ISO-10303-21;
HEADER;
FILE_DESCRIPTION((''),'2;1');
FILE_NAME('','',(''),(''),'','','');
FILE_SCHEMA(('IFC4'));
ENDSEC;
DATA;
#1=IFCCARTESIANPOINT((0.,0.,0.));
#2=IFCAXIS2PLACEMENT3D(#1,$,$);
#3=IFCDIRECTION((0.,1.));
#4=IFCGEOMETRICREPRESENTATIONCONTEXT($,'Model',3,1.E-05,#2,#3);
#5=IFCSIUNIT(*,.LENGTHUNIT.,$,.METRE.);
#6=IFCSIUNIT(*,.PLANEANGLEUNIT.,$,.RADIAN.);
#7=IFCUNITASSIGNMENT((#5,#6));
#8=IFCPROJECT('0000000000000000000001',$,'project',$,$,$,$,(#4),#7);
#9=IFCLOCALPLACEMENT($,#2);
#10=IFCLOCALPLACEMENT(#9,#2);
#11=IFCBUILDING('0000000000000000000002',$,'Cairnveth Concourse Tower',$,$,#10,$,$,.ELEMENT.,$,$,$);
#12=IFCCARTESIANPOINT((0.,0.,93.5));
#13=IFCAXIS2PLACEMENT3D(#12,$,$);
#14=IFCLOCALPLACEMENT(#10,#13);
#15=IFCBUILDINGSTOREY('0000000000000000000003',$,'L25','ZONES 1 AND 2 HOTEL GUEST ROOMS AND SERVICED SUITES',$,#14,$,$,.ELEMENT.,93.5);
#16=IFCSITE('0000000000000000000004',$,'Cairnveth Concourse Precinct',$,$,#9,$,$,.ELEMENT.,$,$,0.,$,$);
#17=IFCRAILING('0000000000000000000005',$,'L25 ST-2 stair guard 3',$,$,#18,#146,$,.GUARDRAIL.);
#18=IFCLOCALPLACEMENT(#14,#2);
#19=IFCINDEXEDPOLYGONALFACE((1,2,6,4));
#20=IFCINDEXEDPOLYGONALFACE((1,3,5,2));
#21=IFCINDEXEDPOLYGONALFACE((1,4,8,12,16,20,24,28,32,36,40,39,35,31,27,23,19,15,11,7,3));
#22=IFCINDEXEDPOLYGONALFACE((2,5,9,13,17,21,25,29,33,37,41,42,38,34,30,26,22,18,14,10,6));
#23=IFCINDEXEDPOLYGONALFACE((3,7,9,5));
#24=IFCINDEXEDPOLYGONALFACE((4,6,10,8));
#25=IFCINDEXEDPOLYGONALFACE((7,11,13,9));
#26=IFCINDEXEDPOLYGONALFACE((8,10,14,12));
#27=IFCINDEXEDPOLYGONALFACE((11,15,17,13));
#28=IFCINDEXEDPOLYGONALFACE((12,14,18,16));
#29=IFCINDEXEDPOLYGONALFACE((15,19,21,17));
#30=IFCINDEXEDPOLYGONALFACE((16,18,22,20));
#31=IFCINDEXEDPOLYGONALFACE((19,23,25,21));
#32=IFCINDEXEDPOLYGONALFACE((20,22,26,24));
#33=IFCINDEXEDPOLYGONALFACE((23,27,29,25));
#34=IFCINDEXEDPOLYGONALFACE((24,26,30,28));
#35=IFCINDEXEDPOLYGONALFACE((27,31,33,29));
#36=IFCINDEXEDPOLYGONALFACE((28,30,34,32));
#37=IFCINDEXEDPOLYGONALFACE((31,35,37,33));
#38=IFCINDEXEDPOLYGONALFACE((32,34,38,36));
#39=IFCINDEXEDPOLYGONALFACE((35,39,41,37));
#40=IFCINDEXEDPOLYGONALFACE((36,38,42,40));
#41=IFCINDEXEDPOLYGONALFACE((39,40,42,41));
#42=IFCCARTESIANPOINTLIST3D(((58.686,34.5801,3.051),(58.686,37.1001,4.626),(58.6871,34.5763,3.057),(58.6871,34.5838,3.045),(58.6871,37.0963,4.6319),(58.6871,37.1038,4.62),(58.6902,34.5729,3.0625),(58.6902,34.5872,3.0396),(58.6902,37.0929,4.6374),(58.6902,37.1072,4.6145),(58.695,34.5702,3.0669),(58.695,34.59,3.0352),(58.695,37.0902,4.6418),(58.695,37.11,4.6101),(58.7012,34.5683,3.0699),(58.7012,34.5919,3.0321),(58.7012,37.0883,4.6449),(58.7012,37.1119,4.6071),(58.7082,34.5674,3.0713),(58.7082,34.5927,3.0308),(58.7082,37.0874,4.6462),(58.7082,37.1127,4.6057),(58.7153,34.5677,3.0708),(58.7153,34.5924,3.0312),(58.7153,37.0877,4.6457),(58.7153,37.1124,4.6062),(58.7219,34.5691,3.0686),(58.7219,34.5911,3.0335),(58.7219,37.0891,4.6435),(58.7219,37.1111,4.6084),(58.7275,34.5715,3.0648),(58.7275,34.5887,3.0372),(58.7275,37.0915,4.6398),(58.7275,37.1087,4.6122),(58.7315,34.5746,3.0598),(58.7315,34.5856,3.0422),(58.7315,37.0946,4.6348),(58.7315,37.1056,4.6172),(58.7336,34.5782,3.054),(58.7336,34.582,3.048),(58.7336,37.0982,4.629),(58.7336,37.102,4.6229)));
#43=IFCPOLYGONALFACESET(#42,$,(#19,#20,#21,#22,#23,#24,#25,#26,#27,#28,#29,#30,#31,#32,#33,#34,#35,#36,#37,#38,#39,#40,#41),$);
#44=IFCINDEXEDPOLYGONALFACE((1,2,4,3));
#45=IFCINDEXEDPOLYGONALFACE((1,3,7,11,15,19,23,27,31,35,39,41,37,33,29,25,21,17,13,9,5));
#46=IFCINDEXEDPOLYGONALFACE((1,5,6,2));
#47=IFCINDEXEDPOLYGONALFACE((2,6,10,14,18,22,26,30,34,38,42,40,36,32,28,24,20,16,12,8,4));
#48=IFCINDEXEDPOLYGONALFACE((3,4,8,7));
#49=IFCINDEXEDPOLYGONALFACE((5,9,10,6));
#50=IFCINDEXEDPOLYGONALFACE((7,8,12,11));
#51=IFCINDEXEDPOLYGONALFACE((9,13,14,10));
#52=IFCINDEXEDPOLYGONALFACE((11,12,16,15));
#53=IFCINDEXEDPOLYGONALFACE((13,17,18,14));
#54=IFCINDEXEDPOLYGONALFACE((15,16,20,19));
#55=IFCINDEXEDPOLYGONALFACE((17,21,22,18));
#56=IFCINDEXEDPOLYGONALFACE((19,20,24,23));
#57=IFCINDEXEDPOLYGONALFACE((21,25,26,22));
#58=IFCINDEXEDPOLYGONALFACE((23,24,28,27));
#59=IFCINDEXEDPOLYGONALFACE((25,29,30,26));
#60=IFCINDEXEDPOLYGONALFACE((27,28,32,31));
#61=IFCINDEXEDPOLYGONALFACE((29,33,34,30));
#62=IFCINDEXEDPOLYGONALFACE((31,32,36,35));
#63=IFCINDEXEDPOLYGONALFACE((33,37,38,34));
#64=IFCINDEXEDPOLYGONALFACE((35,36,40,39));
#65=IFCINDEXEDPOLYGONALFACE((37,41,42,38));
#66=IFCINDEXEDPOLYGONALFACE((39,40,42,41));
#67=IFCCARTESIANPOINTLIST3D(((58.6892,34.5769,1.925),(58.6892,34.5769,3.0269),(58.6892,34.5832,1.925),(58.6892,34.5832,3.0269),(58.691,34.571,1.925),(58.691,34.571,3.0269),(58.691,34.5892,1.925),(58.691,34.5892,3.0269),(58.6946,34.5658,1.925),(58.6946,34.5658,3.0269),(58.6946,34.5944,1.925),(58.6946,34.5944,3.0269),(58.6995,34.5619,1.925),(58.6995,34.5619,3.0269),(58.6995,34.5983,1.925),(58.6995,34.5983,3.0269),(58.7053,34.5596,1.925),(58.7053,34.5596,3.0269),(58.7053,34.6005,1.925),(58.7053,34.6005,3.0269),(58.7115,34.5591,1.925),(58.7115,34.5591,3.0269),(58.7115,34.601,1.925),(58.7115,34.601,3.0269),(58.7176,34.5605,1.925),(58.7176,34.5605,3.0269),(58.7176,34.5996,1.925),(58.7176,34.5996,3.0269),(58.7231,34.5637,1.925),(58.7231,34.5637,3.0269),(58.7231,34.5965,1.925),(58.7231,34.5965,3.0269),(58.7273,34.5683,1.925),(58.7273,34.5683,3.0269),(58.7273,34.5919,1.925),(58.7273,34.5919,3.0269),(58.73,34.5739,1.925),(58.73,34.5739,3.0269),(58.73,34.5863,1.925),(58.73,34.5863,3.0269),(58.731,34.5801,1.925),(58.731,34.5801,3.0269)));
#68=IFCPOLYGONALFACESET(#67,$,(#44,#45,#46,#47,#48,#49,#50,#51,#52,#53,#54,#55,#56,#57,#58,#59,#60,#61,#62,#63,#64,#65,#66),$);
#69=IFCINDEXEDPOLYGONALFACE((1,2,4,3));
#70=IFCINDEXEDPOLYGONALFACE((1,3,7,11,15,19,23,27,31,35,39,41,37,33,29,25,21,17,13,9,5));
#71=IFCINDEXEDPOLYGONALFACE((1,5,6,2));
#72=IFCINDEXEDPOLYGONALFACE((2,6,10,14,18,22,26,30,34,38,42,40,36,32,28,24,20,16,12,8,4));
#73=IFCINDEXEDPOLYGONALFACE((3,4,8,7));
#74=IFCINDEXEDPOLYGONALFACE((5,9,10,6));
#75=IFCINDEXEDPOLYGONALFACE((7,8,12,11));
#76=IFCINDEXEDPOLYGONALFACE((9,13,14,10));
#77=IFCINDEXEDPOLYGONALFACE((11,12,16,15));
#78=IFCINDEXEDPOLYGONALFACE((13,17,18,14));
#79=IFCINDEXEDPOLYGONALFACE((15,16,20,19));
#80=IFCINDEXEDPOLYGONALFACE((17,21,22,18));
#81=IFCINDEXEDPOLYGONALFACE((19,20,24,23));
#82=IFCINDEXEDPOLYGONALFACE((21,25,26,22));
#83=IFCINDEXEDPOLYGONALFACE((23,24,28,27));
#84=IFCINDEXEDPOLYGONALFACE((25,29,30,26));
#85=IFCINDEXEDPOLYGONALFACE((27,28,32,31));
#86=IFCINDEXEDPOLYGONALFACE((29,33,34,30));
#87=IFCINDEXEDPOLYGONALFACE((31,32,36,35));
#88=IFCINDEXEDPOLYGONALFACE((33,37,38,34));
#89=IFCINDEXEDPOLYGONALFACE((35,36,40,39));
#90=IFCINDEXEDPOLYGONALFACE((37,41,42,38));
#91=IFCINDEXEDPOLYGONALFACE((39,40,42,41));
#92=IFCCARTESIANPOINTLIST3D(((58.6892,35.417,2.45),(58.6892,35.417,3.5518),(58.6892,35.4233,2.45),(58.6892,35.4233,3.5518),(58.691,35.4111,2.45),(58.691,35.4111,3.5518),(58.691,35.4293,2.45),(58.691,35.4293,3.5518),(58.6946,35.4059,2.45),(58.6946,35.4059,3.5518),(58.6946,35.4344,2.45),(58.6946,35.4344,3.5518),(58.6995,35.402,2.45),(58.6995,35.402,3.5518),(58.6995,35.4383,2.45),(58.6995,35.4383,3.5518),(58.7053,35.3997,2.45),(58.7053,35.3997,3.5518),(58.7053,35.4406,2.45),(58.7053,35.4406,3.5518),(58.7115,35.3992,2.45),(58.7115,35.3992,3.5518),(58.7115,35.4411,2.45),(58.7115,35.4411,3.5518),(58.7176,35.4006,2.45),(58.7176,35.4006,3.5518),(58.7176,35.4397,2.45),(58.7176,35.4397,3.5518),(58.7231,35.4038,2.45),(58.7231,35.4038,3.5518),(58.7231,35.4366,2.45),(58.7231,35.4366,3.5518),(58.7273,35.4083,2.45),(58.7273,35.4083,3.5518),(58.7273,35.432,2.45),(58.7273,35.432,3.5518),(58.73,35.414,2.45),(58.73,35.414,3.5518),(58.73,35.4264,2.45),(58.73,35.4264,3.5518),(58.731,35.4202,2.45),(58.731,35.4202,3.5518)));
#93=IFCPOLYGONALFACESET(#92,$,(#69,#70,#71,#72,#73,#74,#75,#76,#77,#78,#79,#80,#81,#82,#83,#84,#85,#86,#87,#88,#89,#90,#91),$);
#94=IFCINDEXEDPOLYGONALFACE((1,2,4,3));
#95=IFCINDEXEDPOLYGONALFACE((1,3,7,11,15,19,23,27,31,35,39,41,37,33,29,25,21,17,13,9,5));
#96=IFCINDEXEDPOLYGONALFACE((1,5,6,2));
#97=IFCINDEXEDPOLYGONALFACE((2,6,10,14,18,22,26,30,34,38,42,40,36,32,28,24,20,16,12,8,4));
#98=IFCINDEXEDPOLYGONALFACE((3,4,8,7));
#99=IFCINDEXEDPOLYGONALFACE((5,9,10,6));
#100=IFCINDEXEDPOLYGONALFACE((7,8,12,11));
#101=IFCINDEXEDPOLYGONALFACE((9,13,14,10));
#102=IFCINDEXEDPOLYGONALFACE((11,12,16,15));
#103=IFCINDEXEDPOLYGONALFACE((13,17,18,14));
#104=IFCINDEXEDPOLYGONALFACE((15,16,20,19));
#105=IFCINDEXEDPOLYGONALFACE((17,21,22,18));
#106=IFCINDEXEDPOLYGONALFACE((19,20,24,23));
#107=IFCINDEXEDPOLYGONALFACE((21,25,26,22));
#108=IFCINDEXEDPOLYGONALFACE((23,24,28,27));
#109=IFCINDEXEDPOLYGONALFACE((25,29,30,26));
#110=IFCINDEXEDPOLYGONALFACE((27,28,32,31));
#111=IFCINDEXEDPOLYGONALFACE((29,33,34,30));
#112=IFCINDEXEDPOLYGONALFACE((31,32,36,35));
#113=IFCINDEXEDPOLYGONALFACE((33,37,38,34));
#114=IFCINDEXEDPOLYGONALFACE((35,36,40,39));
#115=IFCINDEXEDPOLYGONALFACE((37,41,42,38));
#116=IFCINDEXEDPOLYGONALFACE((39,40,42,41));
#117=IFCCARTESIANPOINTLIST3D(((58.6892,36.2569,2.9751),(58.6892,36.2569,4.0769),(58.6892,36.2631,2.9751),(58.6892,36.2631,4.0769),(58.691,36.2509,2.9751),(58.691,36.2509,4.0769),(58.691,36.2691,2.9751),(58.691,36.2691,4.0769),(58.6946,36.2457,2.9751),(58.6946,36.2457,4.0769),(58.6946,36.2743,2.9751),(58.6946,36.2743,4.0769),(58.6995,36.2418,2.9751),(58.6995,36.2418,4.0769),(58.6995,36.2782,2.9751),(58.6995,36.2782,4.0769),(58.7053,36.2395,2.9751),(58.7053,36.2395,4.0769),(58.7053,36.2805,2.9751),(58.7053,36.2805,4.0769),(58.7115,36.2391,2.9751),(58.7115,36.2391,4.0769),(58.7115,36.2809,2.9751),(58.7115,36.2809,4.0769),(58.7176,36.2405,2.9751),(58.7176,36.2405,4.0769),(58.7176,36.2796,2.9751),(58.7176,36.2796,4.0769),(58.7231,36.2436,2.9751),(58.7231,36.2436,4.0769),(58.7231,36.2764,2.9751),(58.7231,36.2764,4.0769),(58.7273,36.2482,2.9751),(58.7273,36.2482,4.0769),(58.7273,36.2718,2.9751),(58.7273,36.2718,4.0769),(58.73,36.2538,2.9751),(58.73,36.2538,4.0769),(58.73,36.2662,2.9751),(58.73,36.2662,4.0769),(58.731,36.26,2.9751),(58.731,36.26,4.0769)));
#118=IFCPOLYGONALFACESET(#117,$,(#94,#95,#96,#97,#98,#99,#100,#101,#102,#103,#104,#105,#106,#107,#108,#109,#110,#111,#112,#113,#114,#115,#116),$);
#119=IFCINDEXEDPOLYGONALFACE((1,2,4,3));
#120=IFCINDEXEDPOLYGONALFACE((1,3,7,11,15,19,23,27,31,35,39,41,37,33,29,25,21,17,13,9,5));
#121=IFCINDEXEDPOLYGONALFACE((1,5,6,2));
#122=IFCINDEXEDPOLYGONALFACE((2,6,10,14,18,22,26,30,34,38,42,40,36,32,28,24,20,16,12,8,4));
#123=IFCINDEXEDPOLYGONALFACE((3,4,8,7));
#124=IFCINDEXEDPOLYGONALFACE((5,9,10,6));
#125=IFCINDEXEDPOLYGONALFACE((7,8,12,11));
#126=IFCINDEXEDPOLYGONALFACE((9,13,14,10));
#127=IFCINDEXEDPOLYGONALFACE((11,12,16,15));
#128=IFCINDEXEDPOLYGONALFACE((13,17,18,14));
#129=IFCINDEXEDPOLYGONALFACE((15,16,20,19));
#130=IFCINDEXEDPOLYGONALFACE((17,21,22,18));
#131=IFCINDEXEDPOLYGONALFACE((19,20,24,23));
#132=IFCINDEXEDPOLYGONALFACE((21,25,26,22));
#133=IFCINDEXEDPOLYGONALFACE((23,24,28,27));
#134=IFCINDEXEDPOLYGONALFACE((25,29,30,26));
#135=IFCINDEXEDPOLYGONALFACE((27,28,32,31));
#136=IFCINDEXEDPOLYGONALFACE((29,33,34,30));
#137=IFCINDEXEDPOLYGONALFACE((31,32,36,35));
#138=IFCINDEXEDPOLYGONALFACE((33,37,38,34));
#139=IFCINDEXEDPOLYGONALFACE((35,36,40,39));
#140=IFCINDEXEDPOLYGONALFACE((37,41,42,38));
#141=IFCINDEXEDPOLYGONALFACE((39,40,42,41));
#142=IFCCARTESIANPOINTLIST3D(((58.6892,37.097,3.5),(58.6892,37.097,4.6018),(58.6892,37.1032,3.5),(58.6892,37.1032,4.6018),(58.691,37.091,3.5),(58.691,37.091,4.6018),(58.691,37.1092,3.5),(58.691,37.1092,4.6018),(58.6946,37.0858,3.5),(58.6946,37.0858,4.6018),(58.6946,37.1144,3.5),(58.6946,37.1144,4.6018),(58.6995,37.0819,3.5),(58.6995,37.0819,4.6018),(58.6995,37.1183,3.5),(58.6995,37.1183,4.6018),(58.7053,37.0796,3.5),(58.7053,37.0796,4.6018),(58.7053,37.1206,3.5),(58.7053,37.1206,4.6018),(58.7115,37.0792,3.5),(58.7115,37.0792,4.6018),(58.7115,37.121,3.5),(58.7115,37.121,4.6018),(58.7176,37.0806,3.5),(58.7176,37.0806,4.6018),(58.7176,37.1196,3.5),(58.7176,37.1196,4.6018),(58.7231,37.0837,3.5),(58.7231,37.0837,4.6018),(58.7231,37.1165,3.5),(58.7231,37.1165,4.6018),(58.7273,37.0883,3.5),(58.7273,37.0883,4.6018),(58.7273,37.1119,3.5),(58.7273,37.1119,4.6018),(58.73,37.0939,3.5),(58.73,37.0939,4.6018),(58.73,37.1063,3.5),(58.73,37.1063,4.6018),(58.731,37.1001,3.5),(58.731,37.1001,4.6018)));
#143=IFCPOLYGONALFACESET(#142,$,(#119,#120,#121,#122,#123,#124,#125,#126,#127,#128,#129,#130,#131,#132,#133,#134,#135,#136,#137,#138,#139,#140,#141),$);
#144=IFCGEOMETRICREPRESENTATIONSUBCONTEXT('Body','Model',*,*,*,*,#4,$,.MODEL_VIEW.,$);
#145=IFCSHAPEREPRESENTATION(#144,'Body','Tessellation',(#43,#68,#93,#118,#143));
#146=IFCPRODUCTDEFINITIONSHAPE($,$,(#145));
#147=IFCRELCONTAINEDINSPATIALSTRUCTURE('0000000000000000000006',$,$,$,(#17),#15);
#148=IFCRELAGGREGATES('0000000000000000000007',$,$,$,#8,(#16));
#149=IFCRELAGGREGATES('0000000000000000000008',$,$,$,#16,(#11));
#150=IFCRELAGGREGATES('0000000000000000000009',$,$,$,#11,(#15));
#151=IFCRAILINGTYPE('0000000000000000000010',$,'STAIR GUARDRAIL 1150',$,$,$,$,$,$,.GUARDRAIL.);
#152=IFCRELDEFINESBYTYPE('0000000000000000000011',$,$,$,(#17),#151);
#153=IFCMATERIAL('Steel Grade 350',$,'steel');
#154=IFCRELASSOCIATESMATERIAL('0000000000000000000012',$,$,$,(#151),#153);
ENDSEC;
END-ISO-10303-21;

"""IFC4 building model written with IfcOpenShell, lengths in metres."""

from ifc_helpers import new_model, si_unit, direction, frame, origin, origin_2d, place, context, subcontext, project, spatial, circle, extrude, material, type_object, element, save


model = new_model("IFC4")

# Units and contexts
model_context = context("Model", 3, precision=1e-05, world=origin(), true_north=direction((0.0, 1.0)))
body_context = subcontext(model_context, "Body", "Model", "MODEL_VIEW")
ifc_project = project(units=[si_unit("LENGTHUNIT", "METRE"), si_unit("PLANEANGLEUNIT", "RADIAN")], contexts=[model_context])

# Site, building, storey
site_placement = place(None, origin())
site = spatial("IfcSite", under=ifc_project, at=site_placement, Name="Cairnveth Concourse Precinct", CompositionType="ELEMENT", RefElevation=0.0)
building_placement = place(site_placement, origin())
building = spatial("IfcBuilding", under=site, at=building_placement, Name="Cairnveth Concourse Tower", CompositionType="ELEMENT")
storey_placement = place(building_placement, frame((0.0, 0.0, 93.5)))
storey = spatial("IfcBuildingStorey", under=building, at=storey_placement, Name="L25", Description="ZONES 1 AND 2 HOTEL GUEST ROOMS AND SERVICED SUITES", CompositionType="ELEMENT", Elevation=93.5)

# Shared definitions
ifc_material_1 = material(Name="Steel Grade 350", Category="steel")

# Railing
railing_type_1 = type_object("IfcRailingType", Name="STAIR GUARDRAIL 1150", PredefinedType="GUARDRAIL", material=ifc_material_1)
railing_1_placement = place(storey_placement, frame((58.71, 34.5801, 1.925)))
element("IfcRailing", 1, at=railing_1_placement, inside=storey, type_object=railing_type_1, Name="L25 ST-2 stair guard 3", PredefinedType="GUARDRAIL", context=body_context, shape_type="SweptSolid", body=[
    extrude(circle(Radius=0.0239, at=origin_2d()), frame((0.0, 0.0, 1.126), z_axis=(0.0, 0.848008, 0.529984), x_axis=(-1.0, 0.0, 0.0)), (0.0, 0.0, 1.0), 2.9717),
    extrude(circle(Radius=0.021, at=origin_2d()), origin(), (0.0, 0.0, 1.0), 1.1018),
    extrude(circle(Radius=0.021, at=origin_2d()), frame((0.0, 0.8401, 0.5249)), (0.0, 0.0, 1.0), 1.1018),
    extrude(circle(Radius=0.021, at=origin_2d()), frame((0.0, 1.6799, 1.05)), (0.0, 0.0, 1.0), 1.1018),
    extrude(circle(Radius=0.021, at=origin_2d()), frame((0.0, 2.52, 1.575)), (0.0, 0.0, 1.0), 1.1018),
])

save(model, "model.ifc")
